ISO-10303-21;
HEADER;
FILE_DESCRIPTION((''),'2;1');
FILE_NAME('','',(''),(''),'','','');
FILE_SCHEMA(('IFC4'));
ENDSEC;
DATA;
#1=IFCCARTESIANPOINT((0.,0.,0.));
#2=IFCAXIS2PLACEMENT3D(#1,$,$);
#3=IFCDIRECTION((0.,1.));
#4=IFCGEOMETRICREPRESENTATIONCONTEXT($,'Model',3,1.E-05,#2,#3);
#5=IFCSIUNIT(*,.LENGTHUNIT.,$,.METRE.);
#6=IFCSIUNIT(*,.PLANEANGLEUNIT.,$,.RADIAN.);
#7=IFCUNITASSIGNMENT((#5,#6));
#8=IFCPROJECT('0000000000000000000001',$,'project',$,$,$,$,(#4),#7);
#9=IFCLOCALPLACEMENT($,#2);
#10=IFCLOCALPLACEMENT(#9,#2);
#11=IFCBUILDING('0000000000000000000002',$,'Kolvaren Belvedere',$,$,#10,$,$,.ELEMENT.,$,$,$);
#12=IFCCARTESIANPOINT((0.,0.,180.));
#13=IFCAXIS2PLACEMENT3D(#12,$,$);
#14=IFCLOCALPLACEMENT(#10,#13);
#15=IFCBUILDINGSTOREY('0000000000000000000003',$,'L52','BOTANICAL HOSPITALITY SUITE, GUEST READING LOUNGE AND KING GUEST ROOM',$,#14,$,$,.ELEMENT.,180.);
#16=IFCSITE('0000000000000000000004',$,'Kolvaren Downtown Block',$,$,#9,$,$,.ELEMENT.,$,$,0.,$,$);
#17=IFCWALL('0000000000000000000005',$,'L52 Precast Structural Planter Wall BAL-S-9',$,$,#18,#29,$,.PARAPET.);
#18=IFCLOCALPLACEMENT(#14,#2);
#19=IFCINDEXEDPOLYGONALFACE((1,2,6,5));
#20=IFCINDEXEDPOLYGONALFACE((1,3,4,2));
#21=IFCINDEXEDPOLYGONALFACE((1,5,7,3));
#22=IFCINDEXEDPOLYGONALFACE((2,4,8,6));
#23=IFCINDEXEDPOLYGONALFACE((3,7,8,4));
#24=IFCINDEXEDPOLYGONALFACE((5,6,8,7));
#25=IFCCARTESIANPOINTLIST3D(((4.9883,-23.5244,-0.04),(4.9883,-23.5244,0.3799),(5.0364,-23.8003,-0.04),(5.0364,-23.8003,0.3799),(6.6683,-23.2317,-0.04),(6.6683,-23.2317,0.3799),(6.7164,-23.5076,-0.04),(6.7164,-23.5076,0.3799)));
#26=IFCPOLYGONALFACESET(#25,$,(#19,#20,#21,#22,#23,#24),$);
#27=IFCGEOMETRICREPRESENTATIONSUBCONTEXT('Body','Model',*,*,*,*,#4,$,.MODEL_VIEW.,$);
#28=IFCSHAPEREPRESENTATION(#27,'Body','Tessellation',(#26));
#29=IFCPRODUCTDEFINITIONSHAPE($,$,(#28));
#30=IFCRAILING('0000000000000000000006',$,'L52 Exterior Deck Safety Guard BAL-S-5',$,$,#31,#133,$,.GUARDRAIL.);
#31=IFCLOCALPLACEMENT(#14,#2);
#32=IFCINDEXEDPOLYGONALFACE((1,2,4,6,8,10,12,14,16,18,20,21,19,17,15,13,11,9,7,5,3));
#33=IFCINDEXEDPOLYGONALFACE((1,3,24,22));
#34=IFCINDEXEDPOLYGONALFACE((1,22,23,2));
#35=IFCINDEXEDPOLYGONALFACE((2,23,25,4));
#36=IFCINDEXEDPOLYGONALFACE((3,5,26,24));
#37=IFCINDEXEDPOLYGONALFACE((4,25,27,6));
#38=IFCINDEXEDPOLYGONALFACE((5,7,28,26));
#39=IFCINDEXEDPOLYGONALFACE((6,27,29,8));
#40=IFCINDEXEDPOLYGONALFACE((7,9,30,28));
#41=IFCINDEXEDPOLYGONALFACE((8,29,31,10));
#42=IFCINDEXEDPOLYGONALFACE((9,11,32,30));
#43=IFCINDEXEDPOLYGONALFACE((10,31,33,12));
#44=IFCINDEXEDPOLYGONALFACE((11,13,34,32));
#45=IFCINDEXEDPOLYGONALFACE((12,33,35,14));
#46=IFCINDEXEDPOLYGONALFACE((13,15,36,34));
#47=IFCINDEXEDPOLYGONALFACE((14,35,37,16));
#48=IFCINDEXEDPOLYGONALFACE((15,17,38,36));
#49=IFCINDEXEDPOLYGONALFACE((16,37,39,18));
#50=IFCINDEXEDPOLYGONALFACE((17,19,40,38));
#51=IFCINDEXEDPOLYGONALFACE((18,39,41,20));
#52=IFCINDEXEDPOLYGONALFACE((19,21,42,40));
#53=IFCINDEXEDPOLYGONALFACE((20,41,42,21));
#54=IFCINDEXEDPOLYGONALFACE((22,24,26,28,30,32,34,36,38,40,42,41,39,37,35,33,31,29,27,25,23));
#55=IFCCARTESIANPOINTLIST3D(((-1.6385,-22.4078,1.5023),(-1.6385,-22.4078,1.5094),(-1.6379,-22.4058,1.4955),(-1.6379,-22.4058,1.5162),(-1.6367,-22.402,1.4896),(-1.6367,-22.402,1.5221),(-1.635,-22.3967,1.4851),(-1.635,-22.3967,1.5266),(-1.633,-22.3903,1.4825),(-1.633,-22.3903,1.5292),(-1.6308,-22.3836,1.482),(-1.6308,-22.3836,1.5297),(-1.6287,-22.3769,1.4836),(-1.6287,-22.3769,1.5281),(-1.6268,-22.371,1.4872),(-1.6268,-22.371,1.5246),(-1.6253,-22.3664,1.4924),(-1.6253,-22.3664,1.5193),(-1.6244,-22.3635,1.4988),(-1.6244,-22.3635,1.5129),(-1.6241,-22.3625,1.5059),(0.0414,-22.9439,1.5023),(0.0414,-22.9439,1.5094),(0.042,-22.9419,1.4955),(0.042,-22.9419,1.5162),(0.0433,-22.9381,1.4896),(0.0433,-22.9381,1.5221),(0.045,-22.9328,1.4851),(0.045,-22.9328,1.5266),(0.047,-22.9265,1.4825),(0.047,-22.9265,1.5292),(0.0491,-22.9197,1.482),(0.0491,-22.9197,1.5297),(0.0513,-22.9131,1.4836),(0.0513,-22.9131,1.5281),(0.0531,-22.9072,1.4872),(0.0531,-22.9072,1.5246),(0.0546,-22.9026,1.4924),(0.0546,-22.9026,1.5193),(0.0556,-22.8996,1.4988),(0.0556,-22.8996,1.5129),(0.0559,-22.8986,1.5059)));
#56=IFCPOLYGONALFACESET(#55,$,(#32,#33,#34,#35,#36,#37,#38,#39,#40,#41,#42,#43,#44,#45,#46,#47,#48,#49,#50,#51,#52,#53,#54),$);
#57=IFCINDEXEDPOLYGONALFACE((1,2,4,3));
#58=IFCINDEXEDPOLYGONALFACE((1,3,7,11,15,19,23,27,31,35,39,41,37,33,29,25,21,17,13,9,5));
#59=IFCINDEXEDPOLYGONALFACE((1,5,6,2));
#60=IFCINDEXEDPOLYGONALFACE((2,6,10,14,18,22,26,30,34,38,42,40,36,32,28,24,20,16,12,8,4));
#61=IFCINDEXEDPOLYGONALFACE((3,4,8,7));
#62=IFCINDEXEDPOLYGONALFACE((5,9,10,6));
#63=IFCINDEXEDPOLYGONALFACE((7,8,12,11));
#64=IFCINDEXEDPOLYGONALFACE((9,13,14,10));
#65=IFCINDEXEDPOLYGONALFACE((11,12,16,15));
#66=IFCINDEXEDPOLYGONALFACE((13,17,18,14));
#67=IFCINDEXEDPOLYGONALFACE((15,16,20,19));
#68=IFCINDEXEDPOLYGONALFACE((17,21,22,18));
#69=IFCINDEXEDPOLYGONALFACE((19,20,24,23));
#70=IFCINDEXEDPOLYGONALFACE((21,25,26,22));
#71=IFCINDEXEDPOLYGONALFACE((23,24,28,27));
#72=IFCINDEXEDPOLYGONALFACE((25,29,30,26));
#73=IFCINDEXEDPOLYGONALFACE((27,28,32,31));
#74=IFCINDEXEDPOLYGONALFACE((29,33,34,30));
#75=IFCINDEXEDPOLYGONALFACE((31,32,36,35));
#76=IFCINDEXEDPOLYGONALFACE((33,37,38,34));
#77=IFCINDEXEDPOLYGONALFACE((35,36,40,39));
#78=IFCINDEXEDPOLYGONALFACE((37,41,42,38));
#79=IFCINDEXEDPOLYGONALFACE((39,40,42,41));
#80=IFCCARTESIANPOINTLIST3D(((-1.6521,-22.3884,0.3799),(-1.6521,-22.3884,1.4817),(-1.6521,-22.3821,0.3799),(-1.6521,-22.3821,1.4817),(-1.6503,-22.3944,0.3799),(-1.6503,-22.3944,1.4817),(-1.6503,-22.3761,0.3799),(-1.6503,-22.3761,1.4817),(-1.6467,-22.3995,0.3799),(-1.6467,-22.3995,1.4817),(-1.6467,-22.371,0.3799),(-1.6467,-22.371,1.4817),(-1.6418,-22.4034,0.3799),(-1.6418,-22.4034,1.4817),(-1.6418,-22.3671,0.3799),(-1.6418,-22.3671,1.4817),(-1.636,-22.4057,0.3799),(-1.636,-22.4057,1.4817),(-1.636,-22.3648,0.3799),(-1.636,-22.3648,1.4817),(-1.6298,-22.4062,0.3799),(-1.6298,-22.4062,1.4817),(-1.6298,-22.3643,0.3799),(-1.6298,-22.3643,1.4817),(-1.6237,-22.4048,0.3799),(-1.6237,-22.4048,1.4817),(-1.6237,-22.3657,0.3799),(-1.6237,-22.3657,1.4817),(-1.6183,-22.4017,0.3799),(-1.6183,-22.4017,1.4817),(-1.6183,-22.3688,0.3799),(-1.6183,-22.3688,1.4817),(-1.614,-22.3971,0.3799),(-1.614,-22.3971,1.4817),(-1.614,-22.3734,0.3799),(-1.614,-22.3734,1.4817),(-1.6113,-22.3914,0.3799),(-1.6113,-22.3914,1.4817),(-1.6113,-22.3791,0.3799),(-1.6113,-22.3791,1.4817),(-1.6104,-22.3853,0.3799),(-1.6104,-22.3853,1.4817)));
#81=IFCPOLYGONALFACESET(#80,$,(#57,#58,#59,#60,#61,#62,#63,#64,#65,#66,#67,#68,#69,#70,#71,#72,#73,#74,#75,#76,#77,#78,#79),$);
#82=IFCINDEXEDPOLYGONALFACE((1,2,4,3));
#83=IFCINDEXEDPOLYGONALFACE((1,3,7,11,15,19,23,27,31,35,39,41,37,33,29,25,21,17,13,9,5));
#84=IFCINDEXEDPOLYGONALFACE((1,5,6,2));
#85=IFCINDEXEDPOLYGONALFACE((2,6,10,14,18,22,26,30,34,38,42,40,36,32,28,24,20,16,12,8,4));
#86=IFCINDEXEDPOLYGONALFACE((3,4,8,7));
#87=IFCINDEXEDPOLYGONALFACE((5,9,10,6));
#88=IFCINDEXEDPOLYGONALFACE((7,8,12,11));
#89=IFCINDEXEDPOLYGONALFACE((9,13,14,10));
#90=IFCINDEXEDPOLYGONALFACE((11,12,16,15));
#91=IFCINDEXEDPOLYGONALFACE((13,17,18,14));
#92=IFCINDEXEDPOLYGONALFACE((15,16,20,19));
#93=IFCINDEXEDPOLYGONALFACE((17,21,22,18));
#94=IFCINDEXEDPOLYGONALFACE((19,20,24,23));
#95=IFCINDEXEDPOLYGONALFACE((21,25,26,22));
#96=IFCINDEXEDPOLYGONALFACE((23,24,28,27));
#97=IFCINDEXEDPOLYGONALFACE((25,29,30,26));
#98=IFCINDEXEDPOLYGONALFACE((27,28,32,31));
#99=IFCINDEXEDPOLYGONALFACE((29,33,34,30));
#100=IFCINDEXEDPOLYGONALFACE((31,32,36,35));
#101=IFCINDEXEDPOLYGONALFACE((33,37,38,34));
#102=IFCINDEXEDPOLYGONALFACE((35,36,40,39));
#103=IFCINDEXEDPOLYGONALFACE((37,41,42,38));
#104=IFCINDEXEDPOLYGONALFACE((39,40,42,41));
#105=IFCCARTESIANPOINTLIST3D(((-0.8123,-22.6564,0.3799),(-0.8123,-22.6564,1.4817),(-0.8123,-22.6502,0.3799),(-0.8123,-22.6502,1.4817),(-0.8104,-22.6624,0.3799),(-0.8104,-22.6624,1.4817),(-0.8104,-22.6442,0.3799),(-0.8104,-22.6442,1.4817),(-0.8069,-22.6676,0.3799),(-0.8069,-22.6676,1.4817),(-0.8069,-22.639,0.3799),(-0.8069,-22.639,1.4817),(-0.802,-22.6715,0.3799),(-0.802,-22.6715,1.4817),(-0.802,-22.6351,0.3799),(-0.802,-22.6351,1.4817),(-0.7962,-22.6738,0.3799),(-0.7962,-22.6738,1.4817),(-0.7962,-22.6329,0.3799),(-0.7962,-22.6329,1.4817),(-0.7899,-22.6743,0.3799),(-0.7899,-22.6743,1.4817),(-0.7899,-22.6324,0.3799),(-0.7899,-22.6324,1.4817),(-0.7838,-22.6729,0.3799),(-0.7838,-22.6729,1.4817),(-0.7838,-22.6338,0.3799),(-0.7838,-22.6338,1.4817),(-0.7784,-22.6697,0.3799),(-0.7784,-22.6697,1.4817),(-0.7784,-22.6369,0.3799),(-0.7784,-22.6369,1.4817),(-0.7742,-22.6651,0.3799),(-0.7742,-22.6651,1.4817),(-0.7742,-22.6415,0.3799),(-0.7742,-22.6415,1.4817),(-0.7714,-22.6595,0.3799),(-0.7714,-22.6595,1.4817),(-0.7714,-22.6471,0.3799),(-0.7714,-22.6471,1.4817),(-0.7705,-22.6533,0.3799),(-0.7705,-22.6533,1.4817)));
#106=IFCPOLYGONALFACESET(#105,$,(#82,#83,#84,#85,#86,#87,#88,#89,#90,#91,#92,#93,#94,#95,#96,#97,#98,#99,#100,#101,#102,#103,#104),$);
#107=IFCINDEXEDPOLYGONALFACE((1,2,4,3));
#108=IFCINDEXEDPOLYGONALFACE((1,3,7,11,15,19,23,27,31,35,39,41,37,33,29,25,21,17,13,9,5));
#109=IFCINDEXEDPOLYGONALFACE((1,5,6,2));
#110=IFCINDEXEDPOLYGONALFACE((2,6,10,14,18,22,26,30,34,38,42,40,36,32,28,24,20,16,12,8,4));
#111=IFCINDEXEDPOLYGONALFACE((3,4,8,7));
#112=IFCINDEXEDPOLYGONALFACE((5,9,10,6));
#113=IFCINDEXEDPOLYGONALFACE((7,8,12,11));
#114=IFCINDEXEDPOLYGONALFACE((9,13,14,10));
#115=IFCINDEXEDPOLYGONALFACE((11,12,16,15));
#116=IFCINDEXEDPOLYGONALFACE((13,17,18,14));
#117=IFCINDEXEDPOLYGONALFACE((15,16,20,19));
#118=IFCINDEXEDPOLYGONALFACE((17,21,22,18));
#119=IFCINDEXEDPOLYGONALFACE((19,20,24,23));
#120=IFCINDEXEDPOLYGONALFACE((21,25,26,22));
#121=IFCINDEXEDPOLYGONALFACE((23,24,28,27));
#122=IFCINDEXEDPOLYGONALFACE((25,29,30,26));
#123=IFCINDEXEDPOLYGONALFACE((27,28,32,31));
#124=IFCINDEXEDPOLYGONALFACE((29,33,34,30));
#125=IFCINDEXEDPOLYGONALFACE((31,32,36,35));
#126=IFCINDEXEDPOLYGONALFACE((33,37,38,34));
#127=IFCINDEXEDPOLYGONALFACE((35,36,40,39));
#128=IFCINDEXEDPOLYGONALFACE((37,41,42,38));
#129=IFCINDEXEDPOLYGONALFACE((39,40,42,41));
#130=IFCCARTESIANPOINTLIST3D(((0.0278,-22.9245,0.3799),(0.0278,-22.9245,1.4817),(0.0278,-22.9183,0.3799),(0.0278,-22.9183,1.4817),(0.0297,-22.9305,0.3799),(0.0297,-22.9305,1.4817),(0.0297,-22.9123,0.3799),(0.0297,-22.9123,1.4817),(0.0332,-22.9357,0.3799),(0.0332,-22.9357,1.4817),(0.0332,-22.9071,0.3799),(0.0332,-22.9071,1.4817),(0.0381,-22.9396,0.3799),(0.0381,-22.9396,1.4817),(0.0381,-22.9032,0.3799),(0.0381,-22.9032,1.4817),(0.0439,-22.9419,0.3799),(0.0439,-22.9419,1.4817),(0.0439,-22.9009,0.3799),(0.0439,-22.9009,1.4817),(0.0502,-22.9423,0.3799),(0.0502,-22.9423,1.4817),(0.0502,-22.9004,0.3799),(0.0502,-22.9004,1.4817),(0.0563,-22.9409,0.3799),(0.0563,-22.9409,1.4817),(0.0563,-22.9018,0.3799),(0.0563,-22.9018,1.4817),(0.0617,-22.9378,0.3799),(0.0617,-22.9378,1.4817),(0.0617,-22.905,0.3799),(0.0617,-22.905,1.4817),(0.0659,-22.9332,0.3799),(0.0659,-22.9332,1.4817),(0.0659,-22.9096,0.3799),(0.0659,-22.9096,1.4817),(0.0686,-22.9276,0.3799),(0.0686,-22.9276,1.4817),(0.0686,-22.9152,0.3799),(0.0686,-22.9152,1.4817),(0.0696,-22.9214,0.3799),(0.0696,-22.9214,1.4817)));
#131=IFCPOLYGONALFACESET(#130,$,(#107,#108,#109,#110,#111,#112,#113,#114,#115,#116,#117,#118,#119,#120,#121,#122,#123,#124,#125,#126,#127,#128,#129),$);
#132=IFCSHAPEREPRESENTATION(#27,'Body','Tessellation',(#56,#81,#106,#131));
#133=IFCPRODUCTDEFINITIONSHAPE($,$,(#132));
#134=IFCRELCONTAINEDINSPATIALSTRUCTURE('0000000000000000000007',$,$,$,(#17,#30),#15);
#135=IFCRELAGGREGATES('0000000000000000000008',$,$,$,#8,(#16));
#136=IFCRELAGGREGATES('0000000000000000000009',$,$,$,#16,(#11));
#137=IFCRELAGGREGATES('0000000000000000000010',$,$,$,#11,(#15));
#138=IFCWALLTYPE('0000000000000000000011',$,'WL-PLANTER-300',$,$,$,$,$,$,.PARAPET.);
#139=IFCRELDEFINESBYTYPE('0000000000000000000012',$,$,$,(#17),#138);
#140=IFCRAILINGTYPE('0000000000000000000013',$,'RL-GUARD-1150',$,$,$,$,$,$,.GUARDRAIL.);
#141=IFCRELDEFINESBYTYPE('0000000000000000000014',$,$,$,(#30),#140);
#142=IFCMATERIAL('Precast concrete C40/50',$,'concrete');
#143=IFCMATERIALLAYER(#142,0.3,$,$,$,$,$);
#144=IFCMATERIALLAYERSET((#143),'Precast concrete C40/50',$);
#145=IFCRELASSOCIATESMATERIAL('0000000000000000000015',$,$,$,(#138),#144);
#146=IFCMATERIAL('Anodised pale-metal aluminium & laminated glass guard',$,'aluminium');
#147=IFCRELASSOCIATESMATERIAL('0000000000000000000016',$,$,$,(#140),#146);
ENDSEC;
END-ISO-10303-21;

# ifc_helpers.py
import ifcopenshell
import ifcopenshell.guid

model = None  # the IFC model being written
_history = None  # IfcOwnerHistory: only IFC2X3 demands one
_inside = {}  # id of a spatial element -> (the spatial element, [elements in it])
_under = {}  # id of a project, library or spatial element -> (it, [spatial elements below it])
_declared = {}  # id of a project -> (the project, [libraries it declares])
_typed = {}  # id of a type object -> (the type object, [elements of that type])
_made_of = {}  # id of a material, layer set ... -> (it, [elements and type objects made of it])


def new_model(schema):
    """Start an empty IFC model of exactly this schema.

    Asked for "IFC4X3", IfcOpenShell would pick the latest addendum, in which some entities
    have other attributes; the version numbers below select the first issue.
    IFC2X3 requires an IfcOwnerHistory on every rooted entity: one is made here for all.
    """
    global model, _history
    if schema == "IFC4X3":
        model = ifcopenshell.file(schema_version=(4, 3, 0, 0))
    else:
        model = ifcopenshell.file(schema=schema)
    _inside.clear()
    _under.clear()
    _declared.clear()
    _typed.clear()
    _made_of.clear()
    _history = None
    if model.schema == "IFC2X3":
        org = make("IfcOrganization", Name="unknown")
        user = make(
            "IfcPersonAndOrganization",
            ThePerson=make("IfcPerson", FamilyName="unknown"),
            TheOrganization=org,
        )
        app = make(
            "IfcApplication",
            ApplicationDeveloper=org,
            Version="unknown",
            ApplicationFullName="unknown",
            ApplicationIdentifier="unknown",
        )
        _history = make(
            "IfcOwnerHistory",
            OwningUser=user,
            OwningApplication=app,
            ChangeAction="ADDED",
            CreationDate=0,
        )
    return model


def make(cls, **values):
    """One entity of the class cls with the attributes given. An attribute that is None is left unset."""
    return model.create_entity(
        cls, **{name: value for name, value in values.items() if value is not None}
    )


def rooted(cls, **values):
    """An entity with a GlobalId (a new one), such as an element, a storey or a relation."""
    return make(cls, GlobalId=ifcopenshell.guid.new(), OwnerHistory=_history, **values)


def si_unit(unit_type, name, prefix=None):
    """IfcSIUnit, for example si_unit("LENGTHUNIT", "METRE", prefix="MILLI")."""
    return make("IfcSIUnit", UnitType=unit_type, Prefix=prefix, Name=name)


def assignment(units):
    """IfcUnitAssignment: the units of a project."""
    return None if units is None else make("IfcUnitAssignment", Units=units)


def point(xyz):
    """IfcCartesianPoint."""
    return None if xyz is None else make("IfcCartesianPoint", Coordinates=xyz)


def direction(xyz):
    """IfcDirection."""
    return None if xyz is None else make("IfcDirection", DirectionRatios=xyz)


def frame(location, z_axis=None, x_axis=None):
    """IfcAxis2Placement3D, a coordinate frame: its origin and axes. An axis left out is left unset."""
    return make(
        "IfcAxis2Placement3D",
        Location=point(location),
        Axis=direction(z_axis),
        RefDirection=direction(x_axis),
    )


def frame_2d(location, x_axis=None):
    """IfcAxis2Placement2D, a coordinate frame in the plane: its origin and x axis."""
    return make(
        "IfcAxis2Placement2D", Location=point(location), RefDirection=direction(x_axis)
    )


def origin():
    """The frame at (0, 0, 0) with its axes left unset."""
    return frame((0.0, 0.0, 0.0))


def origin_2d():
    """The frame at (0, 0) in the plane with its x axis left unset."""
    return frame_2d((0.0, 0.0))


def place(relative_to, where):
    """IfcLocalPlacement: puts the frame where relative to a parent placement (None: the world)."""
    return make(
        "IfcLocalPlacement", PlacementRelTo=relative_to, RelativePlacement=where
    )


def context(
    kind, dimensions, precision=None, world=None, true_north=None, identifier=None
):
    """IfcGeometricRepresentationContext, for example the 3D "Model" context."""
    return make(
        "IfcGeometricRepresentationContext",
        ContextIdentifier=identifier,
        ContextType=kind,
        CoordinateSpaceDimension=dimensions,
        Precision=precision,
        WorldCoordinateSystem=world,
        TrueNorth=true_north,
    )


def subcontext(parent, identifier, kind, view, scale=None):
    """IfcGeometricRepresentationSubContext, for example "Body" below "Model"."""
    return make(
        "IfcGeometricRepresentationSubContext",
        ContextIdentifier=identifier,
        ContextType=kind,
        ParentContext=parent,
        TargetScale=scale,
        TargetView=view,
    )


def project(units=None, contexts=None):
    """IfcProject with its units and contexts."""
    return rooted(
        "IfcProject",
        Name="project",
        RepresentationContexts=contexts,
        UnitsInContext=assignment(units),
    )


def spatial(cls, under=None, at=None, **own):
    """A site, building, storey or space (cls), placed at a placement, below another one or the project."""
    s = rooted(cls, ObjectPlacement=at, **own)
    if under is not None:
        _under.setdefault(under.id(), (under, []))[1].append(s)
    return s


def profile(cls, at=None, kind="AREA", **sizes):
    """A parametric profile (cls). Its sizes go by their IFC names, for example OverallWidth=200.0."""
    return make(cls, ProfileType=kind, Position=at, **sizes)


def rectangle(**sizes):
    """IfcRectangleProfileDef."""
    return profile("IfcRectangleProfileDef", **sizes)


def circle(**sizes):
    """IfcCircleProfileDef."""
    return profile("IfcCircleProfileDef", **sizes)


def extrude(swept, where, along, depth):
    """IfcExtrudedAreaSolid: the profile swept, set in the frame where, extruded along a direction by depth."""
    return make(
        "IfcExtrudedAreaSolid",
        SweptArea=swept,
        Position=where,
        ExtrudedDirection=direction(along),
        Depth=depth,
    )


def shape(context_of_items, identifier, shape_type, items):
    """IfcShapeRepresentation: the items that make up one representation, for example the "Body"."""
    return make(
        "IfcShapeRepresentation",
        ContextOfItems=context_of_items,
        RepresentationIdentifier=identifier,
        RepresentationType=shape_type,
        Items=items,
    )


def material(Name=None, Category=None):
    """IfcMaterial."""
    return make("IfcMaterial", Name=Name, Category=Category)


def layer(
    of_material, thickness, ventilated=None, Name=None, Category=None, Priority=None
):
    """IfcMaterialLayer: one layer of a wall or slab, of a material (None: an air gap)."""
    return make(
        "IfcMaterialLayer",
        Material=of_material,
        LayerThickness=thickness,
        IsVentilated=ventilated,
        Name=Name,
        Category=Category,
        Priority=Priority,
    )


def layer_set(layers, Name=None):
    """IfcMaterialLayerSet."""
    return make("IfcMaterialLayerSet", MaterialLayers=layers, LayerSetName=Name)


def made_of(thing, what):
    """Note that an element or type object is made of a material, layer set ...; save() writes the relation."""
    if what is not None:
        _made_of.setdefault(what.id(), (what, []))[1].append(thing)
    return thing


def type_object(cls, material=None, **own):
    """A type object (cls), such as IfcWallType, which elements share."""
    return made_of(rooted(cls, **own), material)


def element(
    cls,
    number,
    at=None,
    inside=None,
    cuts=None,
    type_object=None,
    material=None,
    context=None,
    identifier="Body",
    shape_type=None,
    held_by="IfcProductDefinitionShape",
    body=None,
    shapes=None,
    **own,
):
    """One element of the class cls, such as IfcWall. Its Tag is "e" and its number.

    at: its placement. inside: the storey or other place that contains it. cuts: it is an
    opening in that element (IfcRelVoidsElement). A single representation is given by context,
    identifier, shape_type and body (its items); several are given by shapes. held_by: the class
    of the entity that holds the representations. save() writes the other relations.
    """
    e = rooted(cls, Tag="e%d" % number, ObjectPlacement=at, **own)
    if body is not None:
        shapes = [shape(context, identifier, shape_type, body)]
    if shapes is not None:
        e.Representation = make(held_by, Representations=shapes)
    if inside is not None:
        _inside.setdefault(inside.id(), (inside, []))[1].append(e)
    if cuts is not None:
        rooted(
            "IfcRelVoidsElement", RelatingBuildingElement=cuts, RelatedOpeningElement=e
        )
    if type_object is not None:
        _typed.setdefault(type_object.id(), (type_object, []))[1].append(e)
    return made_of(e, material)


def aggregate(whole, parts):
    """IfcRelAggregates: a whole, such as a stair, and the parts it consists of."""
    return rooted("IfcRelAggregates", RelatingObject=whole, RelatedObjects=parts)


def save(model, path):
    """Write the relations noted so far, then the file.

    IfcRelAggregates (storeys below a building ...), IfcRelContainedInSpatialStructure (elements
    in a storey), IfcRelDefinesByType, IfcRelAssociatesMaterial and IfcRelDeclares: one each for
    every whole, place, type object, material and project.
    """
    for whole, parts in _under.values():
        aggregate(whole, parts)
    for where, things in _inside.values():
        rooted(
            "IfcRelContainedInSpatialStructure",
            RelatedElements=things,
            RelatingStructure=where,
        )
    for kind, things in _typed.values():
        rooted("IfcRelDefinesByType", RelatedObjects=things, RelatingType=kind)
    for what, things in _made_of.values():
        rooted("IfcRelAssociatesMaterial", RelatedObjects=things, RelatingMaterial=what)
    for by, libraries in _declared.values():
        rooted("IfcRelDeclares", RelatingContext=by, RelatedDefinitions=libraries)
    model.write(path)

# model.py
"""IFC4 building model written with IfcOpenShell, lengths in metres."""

from ifc_helpers import new_model, si_unit, direction, frame, frame_2d, origin, origin_2d, place, context, subcontext, project, spatial, rectangle, circle, extrude, material, layer, layer_set, type_object, element, save


model = new_model("IFC4")

# Units and contexts
model_context = context("Model", 3, precision=1e-05, world=origin(), true_north=direction((0.0, 1.0)))
body_context = subcontext(model_context, "Body", "Model", "MODEL_VIEW")
ifc_project = project(units=[si_unit("LENGTHUNIT", "METRE"), si_unit("PLANEANGLEUNIT", "RADIAN")], contexts=[model_context])

# Site, building, storey
site_placement = place(None, origin())
site = spatial("IfcSite", under=ifc_project, at=site_placement, Name="Kolvaren Downtown Block", CompositionType="ELEMENT", RefElevation=0.0)
building_placement = place(site_placement, origin())
building = spatial("IfcBuilding", under=site, at=building_placement, Name="Kolvaren Belvedere", CompositionType="ELEMENT")
storey_placement = place(building_placement, frame((0.0, 0.0, 180.0)))
storey = spatial("IfcBuildingStorey", under=building, at=storey_placement, Name="L52", Description="BOTANICAL HOSPITALITY SUITE, GUEST READING LOUNGE AND KING GUEST ROOM", CompositionType="ELEMENT", Elevation=180.0)

# Wall
ifc_material_1 = material(Name="Precast concrete C40/50", Category="concrete")
ifc_layer_1 = layer(ifc_material_1, 0.3)
ifc_layer_set_1 = layer_set([ifc_layer_1], Name="Precast concrete C40/50")
wall_type_1 = type_object("IfcWallType", Name="WL-PLANTER-300", PredefinedType="PARAPET", material=ifc_layer_set_1)
wall_1_placement = place(storey_placement, frame((5.0125, -23.6624, -0.04), z_axis=(0.0, 0.0, 1.0), x_axis=(0.985156, 0.171661, 0.0)))
element("IfcWall", 1, at=wall_1_placement, inside=storey, type_object=wall_type_1, Name="L52 Precast Structural Planter Wall BAL-S-9", PredefinedType="PARAPET", context=body_context, shape_type="SweptSolid", body=[
    extrude(rectangle(XDim=1.7053, YDim=0.28, at=frame_2d((0.8525, 0.0))), origin(), (0.0, 0.0, 1.0), 0.4199),
])

# Railing
ifc_material_2 = material(Name="Anodised pale-metal aluminium & laminated glass guard", Category="aluminium")
railing_type = type_object("IfcRailingType", Name="RL-GUARD-1150", PredefinedType="GUARDRAIL", material=ifc_material_2)
railing_1_placement = place(storey_placement, frame((-1.6313, -22.3853, 0.3799)))
element("IfcRailing", 2, at=railing_1_placement, inside=storey, type_object=railing_type, Name="L52 Exterior Deck Safety Guard BAL-S-5", PredefinedType="GUARDRAIL", context=body_context, shape_type="SweptSolid", body=[
    extrude(circle(Radius=0.0239, at=origin_2d()), frame((0.0, 0.0, 1.126), z_axis=(0.952662, -0.304032, 0.0), x_axis=(0.304032, 0.952662, 0.0)), (0.0, 0.0, 1.0), 1.7634),
    extrude(circle(Radius=0.021, at=origin_2d()), origin(), (0.0, 0.0, 1.0), 1.1018),
    extrude(circle(Radius=0.021, at=origin_2d()), frame((0.8398, -0.2681, 0.0)), (0.0, 0.0, 1.0), 1.1018),
    extrude(circle(Radius=0.021, at=origin_2d()), frame((1.6799, -0.5361, 0.0)), (0.0, 0.0, 1.0), 1.1018),
])

save(model, "model.ifc")
